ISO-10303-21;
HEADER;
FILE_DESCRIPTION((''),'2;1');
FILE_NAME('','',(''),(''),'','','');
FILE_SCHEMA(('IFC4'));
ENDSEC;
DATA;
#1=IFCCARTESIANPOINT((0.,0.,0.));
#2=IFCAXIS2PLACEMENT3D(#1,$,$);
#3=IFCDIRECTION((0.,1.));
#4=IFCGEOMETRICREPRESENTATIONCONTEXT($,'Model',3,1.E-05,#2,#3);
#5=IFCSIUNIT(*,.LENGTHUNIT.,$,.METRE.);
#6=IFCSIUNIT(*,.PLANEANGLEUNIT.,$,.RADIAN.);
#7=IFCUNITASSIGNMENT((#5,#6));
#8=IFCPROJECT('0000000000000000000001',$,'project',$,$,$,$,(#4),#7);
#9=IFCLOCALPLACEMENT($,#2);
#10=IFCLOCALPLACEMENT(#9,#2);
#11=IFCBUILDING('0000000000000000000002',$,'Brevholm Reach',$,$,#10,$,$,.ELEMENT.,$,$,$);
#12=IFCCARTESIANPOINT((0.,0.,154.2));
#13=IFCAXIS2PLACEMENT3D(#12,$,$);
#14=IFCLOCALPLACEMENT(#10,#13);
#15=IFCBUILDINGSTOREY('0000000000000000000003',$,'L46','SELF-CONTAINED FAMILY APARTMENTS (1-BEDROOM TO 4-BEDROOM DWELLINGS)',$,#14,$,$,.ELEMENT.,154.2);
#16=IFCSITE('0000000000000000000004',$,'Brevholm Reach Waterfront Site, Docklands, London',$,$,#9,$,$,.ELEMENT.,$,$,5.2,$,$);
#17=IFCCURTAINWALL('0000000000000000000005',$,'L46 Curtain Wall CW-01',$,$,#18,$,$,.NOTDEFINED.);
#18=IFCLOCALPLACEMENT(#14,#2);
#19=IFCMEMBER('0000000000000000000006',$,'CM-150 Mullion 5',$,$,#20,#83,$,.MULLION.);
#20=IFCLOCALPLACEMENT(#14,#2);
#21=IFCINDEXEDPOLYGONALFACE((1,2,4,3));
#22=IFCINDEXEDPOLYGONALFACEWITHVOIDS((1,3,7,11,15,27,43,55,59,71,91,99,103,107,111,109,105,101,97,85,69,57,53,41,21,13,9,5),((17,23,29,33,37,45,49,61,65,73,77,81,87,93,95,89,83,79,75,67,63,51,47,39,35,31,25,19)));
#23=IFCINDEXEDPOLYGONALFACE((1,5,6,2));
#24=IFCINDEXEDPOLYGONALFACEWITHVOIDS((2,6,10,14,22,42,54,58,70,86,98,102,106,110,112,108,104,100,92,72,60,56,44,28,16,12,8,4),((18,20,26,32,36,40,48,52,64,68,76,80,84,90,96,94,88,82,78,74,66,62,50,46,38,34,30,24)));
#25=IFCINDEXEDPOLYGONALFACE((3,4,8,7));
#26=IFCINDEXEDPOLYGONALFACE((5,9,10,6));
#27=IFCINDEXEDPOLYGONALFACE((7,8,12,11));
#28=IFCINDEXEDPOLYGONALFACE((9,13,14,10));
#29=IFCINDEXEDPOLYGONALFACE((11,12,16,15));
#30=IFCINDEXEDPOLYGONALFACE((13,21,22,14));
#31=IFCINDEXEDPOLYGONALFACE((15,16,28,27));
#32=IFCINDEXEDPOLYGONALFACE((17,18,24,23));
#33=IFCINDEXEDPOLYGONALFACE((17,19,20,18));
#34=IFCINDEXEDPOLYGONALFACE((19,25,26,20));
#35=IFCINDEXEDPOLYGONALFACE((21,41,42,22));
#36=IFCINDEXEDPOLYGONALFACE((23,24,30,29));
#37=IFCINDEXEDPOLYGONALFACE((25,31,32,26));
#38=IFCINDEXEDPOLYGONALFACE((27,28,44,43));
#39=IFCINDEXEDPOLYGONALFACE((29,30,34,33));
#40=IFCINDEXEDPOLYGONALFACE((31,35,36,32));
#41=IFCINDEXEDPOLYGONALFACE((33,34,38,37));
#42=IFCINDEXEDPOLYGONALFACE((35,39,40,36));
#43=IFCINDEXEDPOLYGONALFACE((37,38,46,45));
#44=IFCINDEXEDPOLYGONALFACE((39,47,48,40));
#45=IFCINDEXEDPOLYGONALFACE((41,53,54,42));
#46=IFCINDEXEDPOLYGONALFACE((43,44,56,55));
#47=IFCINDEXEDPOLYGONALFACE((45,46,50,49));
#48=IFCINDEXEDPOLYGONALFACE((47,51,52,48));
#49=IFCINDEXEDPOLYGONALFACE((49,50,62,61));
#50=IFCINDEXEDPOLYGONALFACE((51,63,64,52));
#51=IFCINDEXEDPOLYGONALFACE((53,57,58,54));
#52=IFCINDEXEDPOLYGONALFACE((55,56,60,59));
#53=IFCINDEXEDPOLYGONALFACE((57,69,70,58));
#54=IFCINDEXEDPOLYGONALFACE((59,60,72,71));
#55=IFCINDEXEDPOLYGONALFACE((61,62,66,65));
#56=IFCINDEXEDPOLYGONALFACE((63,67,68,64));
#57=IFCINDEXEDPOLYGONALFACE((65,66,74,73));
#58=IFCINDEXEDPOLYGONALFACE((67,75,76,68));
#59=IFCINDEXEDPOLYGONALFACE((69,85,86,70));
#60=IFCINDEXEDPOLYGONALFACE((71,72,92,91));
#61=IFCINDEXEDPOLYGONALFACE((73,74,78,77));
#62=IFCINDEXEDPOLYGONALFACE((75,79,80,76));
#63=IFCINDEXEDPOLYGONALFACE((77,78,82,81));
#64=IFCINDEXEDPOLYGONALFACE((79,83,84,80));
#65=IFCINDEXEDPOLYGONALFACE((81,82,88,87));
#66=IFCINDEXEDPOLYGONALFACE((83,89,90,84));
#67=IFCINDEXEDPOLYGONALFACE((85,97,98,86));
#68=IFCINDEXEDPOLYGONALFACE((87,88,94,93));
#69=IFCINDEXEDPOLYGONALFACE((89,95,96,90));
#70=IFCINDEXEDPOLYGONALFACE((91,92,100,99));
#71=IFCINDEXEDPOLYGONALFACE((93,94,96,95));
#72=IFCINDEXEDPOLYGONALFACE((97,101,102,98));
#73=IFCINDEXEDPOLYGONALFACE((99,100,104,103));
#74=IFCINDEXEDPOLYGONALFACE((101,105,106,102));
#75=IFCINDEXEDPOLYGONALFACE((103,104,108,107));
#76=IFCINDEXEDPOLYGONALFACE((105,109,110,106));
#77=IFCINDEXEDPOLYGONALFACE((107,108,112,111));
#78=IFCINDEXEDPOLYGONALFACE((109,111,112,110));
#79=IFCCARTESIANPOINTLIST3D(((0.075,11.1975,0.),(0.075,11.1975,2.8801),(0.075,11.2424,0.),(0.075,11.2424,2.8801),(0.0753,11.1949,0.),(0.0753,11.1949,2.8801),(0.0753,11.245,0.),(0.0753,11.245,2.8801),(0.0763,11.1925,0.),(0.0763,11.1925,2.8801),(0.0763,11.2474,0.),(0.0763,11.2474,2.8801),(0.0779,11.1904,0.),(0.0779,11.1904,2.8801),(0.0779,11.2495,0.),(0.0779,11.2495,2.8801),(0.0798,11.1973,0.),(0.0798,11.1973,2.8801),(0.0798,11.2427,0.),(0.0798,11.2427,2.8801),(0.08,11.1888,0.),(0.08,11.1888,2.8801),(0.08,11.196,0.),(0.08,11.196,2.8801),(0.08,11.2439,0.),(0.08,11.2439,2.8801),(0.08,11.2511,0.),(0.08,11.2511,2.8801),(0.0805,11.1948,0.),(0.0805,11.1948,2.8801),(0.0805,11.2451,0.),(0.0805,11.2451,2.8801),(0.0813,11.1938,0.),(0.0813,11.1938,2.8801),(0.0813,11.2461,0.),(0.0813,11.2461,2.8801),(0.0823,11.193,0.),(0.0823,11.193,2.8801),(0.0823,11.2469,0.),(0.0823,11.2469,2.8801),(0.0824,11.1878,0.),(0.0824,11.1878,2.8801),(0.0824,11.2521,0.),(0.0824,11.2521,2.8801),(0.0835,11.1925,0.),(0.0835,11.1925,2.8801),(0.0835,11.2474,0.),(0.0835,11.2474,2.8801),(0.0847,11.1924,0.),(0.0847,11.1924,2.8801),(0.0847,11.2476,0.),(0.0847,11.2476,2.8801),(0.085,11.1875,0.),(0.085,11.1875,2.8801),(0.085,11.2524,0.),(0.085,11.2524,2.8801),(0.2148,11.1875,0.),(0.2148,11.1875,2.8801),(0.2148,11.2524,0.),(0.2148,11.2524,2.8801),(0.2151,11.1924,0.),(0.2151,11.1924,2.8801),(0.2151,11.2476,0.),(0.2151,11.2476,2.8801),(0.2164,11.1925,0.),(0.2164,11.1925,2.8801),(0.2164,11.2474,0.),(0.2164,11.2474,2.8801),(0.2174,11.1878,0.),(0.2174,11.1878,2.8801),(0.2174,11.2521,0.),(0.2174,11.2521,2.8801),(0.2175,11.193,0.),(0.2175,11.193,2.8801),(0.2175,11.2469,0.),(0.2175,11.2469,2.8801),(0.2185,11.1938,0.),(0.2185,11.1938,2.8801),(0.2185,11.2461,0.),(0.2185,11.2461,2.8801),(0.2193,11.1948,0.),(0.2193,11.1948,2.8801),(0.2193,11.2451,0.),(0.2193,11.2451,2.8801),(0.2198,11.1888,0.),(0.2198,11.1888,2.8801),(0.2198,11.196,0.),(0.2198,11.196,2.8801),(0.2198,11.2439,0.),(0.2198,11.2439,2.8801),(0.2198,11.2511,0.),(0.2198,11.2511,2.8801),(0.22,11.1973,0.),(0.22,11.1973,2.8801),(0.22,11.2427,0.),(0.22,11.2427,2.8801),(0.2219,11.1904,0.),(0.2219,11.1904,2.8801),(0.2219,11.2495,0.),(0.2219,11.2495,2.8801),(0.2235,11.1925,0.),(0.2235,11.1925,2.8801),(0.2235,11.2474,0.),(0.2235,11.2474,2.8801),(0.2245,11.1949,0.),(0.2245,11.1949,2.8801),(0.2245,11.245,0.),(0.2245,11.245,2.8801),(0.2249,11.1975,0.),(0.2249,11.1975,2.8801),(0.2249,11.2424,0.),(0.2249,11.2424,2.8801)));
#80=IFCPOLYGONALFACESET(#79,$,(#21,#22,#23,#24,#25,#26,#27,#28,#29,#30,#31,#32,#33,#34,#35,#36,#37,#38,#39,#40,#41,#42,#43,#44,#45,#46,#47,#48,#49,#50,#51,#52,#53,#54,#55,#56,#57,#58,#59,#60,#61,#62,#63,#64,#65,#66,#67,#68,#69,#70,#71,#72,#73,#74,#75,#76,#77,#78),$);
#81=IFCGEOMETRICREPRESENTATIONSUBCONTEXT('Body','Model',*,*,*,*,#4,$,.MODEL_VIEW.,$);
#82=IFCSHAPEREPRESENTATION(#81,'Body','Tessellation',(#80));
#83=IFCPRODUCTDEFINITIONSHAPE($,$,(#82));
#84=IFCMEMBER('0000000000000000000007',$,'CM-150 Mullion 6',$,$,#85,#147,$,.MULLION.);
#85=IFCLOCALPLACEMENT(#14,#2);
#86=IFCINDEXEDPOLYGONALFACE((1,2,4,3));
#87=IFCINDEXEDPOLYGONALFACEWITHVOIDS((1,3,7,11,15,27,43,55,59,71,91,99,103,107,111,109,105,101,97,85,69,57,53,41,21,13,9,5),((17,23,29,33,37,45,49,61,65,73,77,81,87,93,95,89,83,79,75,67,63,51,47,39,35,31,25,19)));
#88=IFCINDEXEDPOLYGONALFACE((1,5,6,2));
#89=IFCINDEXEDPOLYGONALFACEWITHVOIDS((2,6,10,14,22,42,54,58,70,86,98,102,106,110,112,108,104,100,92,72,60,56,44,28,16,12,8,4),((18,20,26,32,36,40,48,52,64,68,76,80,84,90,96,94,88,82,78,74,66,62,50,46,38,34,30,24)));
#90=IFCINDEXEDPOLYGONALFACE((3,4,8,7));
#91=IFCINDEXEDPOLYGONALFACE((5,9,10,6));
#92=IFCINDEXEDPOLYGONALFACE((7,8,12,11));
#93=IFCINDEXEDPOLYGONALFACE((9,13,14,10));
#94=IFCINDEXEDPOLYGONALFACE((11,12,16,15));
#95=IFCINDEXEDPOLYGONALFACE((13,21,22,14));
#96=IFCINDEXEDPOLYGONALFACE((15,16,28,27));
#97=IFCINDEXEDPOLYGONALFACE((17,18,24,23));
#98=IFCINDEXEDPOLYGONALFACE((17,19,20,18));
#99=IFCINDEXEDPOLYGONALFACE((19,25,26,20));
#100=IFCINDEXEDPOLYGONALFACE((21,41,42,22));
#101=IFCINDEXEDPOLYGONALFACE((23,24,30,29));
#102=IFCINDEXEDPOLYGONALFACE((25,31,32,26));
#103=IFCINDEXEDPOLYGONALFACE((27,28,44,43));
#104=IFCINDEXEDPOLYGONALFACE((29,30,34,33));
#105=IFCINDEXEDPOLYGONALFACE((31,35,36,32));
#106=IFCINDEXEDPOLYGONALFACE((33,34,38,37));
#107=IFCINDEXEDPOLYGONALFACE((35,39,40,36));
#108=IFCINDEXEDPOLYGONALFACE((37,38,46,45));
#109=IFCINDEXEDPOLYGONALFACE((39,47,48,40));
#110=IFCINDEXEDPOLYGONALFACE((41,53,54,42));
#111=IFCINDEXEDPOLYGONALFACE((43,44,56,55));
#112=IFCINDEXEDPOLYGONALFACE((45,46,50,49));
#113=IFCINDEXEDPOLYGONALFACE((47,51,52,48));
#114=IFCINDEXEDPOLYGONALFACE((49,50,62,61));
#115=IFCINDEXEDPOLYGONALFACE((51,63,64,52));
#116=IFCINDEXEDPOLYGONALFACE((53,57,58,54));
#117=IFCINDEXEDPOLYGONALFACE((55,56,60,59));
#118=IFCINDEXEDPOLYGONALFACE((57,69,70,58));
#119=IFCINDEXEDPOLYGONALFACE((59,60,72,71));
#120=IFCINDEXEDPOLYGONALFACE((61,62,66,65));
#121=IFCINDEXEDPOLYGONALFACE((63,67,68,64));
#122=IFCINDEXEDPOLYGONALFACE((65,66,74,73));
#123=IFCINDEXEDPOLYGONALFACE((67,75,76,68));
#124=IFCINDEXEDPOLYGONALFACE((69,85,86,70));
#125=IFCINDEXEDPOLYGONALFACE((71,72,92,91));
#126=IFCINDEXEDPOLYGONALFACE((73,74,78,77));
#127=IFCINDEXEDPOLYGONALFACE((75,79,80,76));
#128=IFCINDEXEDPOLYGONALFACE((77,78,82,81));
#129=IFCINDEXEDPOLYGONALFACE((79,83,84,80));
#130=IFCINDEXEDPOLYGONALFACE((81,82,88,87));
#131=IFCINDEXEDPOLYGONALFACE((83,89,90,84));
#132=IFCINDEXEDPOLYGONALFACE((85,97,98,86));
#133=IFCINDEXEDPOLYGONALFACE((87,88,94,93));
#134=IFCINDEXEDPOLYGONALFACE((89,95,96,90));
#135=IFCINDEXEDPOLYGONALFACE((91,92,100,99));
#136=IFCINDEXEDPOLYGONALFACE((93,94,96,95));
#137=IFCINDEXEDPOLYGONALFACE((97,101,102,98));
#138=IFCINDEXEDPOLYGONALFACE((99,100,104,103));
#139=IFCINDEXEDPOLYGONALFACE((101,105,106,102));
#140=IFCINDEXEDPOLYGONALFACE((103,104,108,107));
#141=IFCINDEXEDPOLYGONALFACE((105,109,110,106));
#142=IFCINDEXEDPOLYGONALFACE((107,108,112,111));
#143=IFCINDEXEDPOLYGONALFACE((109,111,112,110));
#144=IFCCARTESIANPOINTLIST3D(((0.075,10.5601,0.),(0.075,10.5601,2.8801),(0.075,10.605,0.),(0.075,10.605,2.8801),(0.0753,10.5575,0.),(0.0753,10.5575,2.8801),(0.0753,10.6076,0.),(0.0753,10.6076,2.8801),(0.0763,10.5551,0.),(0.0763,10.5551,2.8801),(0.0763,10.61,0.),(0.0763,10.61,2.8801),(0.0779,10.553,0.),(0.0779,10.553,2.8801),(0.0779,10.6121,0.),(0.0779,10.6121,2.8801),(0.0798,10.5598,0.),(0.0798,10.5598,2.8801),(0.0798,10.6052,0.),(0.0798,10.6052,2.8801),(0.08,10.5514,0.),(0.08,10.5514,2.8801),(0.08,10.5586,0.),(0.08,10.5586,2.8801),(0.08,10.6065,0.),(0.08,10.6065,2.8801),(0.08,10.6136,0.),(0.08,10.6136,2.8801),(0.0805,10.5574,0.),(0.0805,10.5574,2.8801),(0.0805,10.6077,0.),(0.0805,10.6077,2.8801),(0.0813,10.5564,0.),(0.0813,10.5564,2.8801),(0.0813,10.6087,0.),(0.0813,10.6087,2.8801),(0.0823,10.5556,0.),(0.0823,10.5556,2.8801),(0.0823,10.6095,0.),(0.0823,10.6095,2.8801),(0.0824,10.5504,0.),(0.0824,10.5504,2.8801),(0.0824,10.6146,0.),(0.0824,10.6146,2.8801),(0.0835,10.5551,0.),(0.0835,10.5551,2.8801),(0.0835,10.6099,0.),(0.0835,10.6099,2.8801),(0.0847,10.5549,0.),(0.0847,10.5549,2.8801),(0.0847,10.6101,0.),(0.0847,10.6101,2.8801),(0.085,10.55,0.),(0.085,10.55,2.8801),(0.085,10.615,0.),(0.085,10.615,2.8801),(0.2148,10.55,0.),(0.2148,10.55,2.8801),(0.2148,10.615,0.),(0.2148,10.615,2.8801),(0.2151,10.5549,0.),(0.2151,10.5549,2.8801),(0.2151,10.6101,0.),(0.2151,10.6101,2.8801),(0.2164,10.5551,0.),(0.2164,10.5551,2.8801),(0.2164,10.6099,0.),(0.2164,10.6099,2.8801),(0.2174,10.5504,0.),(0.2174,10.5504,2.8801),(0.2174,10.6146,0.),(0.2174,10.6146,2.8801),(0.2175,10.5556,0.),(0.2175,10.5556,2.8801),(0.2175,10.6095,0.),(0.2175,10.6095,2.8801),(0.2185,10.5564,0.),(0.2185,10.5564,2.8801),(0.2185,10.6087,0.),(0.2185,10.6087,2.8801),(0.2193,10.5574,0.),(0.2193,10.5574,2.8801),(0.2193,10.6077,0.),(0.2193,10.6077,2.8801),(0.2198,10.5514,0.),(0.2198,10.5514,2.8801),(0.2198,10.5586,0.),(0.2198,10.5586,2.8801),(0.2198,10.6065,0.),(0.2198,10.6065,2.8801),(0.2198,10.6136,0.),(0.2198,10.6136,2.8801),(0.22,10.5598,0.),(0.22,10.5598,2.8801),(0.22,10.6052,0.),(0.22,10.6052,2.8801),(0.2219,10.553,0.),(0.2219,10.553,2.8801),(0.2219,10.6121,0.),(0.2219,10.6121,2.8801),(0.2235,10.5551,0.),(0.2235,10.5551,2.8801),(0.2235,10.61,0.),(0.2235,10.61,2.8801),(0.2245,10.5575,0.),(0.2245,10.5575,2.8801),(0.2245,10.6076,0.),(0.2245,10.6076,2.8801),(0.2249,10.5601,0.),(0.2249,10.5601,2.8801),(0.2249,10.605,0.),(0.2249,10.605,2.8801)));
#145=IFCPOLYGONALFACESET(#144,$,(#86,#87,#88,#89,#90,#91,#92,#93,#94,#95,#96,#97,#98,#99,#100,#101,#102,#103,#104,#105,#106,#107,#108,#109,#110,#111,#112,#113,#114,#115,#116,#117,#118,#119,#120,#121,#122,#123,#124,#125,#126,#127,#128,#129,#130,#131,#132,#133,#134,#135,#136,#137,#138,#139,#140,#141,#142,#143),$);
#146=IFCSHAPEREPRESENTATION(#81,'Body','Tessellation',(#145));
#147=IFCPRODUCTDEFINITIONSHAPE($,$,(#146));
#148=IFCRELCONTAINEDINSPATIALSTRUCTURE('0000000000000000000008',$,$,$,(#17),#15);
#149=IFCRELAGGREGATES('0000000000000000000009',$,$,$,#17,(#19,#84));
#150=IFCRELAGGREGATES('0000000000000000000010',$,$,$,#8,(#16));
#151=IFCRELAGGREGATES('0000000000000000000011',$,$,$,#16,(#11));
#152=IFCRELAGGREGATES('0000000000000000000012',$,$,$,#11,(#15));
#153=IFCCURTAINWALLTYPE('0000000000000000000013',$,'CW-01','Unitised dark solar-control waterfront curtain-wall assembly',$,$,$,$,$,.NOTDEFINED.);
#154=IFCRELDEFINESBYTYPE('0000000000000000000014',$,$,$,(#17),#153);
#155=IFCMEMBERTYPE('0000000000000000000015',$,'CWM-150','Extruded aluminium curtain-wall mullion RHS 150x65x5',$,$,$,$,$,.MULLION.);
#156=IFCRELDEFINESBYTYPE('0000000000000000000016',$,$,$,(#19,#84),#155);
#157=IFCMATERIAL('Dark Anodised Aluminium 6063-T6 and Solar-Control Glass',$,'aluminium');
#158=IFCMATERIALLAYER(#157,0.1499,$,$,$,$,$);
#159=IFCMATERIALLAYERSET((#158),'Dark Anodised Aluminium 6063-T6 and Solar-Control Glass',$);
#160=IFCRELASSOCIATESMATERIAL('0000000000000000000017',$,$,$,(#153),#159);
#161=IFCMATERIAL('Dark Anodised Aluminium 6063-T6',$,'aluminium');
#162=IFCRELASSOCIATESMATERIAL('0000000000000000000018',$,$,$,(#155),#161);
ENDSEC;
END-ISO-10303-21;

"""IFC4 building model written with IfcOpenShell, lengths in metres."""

from ifc_helpers import new_model, si_unit, direction, frame, origin, origin_2d, place, context, subcontext, project, spatial, hollow_rectangle, extrude, material, layer, layer_set, material_profile, profile_set, type_object, element, aggregate, save


model = new_model("IFC4")

# Units and contexts
model_context = context("Model", 3, precision=1e-05, world=origin(), true_north=direction((0.0, 1.0)))
body_context = subcontext(model_context, "Body", "Model", "MODEL_VIEW")
ifc_project = project(units=[si_unit("LENGTHUNIT", "METRE"), si_unit("PLANEANGLEUNIT", "RADIAN")], contexts=[model_context])

# Site, building, storey
site_placement = place(None, origin())
site = spatial("IfcSite", under=ifc_project, at=site_placement, Name="Brevholm Reach Waterfront Site, Docklands, London", CompositionType="ELEMENT", RefElevation=5.2)
building_placement = place(site_placement, origin())
building = spatial("IfcBuilding", under=site, at=building_placement, Name="Brevholm Reach", CompositionType="ELEMENT")
storey_placement = place(building_placement, frame((0.0, 0.0, 154.2)))
storey = spatial("IfcBuildingStorey", under=building, at=storey_placement, Name="L46", Description="SELF-CONTAINED FAMILY APARTMENTS (1-BEDROOM TO 4-BEDROOM DWELLINGS)", CompositionType="ELEMENT", Elevation=154.2)

# Curtain wall, members
ifc_material_1 = material(Name="Dark Anodised Aluminium 6063-T6 and Solar-Control Glass", Category="aluminium")
ifc_layer_1 = layer(ifc_material_1, 0.1499)
ifc_layer_set_1 = layer_set([ifc_layer_1], Name="Dark Anodised Aluminium 6063-T6 and Solar-Control Glass")
curtain_wall_type = type_object("IfcCurtainWallType", Name="CW-01", Description="Unitised dark solar-control waterfront curtain-wall assembly", PredefinedType="NOTDEFINED", material=ifc_layer_set_1)
curtain_wall_placement = place(storey_placement, origin())
curtain_wall = element("IfcCurtainWall", 1, at=curtain_wall_placement, inside=storey, type_object=curtain_wall_type, Name="L46 Curtain Wall CW-01", PredefinedType="NOTDEFINED")
ifc_material_2 = material(Name="Dark Anodised Aluminium 6063-T6", Category="aluminium")
ifc_material_profile_1 = material_profile(ifc_material_2, hollow_rectangle(XDim=0.0649, YDim=0.1499, WallThickness=0.0049, InnerFilletRadius=0.0049, OuterFilletRadius=0.01, at=origin_2d()), Name="RHS 150x65x5")
ifc_profile_set_1 = profile_set([ifc_material_profile_1], Name="Dark Anodised Aluminium 6063-T6")
member_type_1 = type_object("IfcMemberType", Name="CWM-150", Description="Extruded aluminium curtain-wall mullion RHS 150x65x5", PredefinedType="MULLION", material=ifc_profile_set_1)
member_1_placement = place(storey_placement, frame((0.1499, 11.22, 0.0), z_axis=(0.0, 0.0, 1.0), x_axis=(0.0, -1.0, 0.0)))
member_1 = element("IfcMember", 2, at=member_1_placement, type_object=member_type_1, Name="CM-150 Mullion 5", PredefinedType="MULLION", context=body_context, shape_type="SweptSolid", body=[
    extrude(hollow_rectangle(XDim=0.0649, YDim=0.1499, WallThickness=0.0049, InnerFilletRadius=0.0049, OuterFilletRadius=0.01, at=origin_2d()), origin(), (0.0, 0.0, 1.0), 2.8801),
])
member_2_placement = place(storey_placement, frame((0.1499, 10.5825, 0.0), z_axis=(0.0, 0.0, 1.0), x_axis=(0.0, -1.0, 0.0)))
member_2 = element("IfcMember", 3, at=member_2_placement, type_object=member_type_1, Name="CM-150 Mullion 6", PredefinedType="MULLION", context=body_context, shape_type="SweptSolid", body=[
    extrude(hollow_rectangle(XDim=0.0649, YDim=0.1499, WallThickness=0.0049, InnerFilletRadius=0.0049, OuterFilletRadius=0.01, at=origin_2d()), origin(), (0.0, 0.0, 1.0), 2.8801),
])
aggregate(curtain_wall, [member_1, member_2])

save(model, "model.ifc")
